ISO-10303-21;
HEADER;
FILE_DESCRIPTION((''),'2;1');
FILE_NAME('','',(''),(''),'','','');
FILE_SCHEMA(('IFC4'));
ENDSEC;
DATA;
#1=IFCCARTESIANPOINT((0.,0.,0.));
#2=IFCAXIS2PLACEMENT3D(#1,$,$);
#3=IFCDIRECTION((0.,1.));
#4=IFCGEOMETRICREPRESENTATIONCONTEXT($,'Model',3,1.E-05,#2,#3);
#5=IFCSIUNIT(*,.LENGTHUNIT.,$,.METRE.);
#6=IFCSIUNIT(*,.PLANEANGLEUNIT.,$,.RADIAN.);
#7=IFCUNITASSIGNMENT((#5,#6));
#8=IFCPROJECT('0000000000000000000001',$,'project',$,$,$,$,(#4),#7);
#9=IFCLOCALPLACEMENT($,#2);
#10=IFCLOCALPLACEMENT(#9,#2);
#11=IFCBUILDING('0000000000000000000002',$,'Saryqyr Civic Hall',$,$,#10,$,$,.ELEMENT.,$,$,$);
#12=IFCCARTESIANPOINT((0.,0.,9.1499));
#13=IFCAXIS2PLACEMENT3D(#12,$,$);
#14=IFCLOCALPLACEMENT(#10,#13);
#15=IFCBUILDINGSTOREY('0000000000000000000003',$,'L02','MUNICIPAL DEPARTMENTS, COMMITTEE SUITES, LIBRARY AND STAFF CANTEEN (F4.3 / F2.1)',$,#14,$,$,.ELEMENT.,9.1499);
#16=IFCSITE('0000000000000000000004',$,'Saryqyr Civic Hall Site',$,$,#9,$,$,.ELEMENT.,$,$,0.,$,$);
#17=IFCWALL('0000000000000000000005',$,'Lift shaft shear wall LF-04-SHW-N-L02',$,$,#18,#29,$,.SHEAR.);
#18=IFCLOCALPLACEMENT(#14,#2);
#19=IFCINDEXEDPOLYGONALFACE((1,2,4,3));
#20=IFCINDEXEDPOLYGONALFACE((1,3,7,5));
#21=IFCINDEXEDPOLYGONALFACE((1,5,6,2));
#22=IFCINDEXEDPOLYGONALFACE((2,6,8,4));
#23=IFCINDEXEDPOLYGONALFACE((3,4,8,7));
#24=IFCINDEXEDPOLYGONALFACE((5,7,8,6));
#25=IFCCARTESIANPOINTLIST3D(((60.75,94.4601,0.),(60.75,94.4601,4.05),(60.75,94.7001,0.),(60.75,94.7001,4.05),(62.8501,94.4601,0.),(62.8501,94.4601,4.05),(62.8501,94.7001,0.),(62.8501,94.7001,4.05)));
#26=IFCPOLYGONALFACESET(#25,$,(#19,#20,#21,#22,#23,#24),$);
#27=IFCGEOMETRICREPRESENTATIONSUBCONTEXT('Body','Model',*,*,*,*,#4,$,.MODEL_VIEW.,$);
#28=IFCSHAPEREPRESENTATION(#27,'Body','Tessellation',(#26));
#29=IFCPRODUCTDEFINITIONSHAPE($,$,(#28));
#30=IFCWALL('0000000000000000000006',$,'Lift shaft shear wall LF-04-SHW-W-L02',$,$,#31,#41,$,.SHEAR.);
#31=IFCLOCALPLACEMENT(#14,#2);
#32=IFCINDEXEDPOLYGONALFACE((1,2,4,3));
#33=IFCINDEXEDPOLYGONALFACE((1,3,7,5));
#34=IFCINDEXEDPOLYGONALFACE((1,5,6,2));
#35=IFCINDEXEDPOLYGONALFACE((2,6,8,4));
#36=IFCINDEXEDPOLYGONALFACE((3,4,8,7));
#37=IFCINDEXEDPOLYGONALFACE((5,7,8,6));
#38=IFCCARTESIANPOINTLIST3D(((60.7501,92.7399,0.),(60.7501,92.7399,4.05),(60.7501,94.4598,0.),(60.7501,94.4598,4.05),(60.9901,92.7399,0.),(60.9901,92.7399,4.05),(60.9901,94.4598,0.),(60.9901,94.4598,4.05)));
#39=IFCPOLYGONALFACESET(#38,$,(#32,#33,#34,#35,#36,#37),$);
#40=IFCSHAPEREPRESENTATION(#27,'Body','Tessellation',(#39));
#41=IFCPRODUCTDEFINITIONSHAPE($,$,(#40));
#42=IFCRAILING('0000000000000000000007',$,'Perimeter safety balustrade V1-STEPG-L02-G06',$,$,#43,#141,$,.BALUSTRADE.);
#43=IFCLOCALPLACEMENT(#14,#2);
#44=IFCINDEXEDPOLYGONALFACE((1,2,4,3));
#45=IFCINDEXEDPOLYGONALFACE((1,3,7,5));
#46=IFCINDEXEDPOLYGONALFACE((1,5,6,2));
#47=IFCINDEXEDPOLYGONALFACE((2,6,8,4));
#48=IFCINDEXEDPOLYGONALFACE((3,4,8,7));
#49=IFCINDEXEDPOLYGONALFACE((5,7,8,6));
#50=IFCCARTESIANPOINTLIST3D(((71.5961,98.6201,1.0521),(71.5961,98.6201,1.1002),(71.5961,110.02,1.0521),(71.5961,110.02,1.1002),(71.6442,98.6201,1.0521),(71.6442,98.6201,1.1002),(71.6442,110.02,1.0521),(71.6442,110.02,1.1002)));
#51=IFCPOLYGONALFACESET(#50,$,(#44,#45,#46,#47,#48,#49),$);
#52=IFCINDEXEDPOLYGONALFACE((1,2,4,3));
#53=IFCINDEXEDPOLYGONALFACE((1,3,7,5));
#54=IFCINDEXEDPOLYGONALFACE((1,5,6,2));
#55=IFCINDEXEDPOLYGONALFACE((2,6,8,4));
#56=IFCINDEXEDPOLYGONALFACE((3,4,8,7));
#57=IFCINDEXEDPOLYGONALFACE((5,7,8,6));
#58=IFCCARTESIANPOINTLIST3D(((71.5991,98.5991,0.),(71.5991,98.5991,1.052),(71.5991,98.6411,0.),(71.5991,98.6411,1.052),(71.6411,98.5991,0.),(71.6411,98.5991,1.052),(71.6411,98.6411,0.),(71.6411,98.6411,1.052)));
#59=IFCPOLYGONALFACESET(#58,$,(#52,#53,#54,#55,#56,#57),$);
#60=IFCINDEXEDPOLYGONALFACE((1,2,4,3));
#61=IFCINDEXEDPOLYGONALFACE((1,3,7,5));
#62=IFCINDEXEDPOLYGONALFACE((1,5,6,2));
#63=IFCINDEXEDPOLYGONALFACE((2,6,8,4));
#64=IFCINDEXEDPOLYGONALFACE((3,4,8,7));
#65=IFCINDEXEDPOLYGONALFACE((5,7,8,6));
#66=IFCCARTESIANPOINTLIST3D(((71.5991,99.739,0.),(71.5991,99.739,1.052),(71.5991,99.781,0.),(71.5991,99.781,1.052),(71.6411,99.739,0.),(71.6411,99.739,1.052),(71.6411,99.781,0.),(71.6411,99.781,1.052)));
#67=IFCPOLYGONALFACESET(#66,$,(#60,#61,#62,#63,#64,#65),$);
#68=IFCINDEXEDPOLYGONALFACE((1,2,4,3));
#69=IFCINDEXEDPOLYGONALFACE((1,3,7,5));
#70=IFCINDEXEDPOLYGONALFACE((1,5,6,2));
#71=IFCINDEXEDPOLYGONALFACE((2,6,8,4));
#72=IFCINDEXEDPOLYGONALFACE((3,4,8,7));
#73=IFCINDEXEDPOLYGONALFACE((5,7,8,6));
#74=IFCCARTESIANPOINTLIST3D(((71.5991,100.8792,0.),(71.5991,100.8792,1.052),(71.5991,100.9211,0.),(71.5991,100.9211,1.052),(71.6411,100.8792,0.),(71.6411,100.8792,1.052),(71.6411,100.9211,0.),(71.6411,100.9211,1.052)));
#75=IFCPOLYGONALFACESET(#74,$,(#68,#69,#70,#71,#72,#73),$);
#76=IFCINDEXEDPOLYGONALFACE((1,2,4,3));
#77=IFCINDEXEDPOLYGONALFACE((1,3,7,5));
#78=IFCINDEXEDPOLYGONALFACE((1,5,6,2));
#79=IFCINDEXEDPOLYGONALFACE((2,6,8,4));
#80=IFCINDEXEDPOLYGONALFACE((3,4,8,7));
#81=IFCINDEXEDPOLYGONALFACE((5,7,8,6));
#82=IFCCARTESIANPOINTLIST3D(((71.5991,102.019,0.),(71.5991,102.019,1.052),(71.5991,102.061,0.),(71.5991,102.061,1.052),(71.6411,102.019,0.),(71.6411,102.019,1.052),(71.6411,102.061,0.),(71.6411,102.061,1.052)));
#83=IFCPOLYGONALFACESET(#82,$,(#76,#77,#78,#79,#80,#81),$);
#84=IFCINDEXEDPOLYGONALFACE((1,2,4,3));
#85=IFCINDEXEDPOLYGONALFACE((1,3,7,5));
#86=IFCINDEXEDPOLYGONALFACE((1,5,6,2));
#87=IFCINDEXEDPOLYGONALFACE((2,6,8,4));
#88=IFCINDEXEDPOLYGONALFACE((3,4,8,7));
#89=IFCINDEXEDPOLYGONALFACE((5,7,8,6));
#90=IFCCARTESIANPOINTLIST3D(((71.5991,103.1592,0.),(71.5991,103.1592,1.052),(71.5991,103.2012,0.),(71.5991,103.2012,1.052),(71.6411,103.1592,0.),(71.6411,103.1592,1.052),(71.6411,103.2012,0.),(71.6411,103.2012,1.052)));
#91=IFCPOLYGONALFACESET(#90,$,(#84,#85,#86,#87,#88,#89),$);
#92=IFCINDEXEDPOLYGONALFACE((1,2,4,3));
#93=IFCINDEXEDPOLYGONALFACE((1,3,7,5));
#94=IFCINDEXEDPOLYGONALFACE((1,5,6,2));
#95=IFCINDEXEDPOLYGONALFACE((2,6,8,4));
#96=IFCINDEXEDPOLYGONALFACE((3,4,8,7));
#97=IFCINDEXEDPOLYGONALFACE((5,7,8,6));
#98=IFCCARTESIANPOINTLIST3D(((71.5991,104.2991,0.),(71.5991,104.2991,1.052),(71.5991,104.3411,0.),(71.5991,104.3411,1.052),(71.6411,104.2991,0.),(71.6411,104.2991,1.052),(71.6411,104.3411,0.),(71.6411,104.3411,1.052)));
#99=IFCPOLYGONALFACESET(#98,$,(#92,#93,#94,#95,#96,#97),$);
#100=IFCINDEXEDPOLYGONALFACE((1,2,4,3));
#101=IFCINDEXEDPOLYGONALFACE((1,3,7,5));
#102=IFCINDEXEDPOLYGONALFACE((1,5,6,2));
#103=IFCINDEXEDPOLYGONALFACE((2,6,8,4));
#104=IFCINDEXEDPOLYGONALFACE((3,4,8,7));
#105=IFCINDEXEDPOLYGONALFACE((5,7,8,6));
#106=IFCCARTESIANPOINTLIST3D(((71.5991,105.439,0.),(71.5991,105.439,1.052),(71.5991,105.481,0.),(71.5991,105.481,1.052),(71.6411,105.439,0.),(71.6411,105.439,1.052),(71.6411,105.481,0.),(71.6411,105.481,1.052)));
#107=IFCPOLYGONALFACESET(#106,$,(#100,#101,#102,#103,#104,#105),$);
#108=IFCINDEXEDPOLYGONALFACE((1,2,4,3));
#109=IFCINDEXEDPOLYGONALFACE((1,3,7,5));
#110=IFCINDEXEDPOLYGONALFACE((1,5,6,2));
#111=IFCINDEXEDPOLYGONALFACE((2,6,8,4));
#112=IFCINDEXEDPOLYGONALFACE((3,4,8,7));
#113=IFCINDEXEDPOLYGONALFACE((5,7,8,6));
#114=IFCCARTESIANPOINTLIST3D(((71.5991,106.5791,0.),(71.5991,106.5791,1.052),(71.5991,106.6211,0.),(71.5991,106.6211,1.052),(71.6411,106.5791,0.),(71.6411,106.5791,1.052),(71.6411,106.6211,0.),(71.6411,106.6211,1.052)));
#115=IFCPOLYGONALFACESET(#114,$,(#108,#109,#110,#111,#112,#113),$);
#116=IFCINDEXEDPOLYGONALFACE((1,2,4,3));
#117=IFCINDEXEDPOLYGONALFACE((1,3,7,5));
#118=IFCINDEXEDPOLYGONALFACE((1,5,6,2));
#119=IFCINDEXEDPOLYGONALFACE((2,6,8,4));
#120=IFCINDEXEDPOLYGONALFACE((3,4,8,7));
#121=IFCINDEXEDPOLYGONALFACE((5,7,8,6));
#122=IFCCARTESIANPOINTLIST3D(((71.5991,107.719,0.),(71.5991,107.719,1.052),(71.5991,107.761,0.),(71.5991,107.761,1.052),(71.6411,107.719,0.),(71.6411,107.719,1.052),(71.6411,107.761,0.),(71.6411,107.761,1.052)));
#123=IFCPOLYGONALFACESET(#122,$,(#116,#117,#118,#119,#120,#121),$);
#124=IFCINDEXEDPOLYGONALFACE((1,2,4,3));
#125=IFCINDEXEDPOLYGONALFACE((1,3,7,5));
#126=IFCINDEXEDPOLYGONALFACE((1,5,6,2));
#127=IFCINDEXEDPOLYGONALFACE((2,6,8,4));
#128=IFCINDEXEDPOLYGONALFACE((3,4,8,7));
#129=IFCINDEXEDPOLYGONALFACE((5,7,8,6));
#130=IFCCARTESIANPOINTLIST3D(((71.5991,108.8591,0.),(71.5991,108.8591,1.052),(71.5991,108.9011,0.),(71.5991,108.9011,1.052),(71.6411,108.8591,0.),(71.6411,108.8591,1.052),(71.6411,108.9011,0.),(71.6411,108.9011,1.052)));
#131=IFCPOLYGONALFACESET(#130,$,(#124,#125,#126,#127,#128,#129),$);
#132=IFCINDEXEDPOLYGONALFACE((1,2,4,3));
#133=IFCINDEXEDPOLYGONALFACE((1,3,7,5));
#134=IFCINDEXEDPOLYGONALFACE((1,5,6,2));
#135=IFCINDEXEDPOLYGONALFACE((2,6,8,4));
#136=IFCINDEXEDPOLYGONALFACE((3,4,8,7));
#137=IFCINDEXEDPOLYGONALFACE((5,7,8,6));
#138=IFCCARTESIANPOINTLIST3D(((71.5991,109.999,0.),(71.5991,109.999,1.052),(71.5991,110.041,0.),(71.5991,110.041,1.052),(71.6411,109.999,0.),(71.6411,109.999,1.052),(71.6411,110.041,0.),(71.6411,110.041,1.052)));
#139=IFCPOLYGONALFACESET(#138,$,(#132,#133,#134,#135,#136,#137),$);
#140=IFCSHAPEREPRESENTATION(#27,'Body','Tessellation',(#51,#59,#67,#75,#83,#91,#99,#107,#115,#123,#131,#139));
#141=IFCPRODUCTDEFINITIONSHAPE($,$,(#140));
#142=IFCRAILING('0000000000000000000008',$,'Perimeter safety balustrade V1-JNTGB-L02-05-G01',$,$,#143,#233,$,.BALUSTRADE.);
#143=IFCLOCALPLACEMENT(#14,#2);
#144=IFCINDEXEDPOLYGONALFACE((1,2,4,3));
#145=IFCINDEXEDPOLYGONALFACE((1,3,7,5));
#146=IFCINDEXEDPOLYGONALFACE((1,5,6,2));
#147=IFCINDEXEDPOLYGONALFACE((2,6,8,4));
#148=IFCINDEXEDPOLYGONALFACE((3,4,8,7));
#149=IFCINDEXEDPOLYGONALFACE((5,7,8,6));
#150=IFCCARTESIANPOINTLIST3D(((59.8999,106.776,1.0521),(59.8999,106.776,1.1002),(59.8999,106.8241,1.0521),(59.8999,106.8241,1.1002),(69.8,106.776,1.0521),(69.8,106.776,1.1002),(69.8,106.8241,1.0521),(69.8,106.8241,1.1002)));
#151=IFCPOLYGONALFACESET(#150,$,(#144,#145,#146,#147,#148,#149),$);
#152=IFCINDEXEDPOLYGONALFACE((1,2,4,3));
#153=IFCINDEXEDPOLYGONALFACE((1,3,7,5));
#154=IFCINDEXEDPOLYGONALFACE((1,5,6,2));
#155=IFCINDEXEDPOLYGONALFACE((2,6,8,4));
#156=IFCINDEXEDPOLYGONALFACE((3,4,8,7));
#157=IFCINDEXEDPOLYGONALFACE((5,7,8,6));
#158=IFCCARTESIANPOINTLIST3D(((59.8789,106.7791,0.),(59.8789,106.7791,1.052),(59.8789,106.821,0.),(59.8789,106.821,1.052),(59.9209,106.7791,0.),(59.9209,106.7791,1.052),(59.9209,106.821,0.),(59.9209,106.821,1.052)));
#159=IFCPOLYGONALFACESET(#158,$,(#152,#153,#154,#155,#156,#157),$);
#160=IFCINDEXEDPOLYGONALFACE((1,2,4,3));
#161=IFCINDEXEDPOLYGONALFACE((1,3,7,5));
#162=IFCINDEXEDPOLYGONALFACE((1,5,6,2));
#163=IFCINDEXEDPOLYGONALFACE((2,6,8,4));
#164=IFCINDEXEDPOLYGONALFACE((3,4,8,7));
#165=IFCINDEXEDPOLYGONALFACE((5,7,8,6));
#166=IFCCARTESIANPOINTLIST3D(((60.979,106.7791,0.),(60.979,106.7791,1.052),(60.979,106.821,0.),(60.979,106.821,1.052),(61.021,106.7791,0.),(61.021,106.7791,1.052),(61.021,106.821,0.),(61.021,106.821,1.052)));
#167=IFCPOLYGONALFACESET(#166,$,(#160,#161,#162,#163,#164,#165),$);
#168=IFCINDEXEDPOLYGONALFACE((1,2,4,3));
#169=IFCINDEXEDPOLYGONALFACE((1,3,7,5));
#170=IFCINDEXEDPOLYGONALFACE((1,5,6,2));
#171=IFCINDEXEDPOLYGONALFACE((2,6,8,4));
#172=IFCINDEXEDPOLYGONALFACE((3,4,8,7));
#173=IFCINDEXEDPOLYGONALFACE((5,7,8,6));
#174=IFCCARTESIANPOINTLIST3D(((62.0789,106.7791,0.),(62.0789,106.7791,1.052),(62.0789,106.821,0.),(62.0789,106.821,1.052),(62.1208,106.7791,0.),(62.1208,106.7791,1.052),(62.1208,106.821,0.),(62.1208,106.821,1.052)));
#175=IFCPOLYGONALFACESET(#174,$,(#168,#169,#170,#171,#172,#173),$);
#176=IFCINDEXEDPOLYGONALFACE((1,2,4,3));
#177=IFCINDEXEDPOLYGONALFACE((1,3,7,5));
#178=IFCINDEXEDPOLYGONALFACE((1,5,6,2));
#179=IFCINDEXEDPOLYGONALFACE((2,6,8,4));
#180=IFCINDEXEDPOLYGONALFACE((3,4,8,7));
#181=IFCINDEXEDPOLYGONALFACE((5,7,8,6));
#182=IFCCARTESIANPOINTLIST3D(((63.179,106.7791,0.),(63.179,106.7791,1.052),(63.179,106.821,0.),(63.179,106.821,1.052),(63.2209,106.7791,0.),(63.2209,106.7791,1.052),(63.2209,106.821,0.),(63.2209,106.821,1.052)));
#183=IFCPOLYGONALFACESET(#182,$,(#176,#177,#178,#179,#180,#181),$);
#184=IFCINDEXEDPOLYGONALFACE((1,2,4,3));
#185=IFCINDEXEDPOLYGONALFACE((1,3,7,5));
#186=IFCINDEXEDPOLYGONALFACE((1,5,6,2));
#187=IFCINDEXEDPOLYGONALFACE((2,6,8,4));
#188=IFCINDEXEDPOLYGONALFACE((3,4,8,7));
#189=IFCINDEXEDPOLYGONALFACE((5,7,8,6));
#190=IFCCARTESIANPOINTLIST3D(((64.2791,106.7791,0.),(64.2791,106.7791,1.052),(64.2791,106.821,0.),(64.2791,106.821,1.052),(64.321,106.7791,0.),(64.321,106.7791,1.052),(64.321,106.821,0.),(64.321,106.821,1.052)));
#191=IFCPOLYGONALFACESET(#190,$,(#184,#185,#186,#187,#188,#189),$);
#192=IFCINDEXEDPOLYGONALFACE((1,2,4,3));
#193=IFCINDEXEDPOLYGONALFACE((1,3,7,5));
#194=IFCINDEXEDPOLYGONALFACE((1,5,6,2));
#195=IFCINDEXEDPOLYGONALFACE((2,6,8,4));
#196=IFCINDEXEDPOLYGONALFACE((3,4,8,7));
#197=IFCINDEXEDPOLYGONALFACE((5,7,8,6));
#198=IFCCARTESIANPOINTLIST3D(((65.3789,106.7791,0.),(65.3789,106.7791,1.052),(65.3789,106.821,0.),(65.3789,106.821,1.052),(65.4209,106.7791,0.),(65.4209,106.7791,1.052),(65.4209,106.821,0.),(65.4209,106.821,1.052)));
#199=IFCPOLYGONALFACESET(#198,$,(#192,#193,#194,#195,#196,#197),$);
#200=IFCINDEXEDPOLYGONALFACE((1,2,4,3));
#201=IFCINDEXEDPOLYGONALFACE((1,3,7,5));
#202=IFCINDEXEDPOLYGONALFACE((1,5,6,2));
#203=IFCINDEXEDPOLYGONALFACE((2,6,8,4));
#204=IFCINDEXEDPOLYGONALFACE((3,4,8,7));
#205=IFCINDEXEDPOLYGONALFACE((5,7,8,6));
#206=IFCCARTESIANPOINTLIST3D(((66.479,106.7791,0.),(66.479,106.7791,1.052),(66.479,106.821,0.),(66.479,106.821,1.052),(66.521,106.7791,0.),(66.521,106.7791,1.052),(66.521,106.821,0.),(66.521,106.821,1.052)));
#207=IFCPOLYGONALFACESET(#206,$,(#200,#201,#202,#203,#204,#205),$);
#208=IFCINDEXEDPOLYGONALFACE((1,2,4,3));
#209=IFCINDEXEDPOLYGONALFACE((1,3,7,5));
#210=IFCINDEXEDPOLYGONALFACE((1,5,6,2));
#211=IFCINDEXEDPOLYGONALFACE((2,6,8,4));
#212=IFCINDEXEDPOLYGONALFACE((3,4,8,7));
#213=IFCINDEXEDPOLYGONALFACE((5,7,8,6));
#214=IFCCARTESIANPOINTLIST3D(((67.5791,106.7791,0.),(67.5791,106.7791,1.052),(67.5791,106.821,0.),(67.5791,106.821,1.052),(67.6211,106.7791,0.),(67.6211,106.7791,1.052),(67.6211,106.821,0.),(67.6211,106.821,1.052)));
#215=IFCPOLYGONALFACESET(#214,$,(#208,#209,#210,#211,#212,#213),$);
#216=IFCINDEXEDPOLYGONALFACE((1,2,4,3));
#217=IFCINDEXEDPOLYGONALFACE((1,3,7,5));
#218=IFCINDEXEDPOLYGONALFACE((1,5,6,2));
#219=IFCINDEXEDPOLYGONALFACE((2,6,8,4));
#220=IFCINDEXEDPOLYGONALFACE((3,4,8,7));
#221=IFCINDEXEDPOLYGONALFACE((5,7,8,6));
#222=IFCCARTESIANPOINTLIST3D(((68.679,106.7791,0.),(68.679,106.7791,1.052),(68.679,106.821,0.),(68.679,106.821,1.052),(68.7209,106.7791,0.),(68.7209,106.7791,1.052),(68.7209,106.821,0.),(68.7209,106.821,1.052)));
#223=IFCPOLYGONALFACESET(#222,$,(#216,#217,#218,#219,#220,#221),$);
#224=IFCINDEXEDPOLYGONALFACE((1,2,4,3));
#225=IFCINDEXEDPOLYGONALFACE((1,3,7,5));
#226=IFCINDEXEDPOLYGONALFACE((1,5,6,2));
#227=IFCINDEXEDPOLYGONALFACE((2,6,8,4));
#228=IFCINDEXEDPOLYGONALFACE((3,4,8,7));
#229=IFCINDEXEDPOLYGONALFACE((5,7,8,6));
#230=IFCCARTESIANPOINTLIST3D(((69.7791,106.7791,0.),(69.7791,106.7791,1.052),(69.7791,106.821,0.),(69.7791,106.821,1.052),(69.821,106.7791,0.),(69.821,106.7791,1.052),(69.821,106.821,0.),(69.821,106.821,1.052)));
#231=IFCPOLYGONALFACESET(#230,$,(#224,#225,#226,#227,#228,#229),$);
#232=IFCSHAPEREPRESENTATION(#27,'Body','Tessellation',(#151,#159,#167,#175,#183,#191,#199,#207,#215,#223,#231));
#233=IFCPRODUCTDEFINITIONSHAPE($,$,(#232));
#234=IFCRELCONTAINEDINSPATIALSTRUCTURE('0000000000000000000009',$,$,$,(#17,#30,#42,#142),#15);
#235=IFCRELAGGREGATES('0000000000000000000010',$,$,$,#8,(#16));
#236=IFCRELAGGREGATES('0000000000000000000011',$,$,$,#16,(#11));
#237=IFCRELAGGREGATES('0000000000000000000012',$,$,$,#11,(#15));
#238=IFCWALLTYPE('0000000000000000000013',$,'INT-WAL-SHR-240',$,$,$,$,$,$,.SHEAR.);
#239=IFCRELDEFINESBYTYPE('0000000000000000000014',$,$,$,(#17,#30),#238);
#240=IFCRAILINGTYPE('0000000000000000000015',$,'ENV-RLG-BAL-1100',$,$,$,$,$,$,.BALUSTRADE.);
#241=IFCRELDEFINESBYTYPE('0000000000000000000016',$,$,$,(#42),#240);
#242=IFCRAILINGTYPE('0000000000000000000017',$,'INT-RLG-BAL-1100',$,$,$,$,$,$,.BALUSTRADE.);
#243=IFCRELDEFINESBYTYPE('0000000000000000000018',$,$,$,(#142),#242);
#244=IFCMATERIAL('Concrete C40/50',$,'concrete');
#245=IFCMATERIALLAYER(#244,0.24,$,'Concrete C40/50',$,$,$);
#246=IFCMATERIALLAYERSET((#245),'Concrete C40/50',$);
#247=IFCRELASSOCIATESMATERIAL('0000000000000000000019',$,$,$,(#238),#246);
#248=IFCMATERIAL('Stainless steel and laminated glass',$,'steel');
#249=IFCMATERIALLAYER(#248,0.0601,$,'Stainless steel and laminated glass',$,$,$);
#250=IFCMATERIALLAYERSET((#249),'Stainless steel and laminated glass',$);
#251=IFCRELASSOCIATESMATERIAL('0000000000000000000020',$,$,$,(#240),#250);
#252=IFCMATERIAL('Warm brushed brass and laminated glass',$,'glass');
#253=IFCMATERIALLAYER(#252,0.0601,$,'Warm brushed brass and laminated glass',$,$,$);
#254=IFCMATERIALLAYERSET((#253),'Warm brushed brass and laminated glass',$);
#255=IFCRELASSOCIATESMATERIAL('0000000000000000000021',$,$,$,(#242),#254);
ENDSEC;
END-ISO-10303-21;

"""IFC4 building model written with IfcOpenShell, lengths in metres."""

from ifc_helpers import new_model, si_unit, direction, frame, frame_2d, origin, origin_2d, place, context, subcontext, project, spatial, rectangle, extrude, material, layer, layer_set, type_object, element, save


model = new_model("IFC4")

# Units and contexts
model_context = context("Model", 3, precision=1e-05, world=origin(), true_north=direction((0.0, 1.0)))
body_context = subcontext(model_context, "Body", "Model", "MODEL_VIEW")
ifc_project = project(units=[si_unit("LENGTHUNIT", "METRE"), si_unit("PLANEANGLEUNIT", "RADIAN")], contexts=[model_context])

# Site, building, storey
site_placement = place(None, origin())
site = spatial("IfcSite", under=ifc_project, at=site_placement, Name="Saryqyr Civic Hall Site", CompositionType="ELEMENT", RefElevation=0.0)
building_placement = place(site_placement, origin())
building = spatial("IfcBuilding", under=site, at=building_placement, Name="Saryqyr Civic Hall", CompositionType="ELEMENT")
storey_placement = place(building_placement, frame((0.0, 0.0, 9.1499)))
storey = spatial("IfcBuildingStorey", under=building, at=storey_placement, Name="L02", Description="MUNICIPAL DEPARTMENTS, COMMITTEE SUITES, LIBRARY AND STAFF CANTEEN (F4.3 / F2.1)", CompositionType="ELEMENT", Elevation=9.1499)

# Shared definitions
ifc_material_1 = material(Name="Concrete C40/50", Category="concrete")

# Shared definitions
ifc_layer_1 = layer(ifc_material_1, 0.24, Name="Concrete C40/50")
ifc_layer_set_1 = layer_set([ifc_layer_1], Name="Concrete C40/50")
wall_type_1 = type_object("IfcWallType", Name="INT-WAL-SHR-240", PredefinedType="SHEAR", material=ifc_layer_set_1)

# Walls
wall_1_placement = place(storey_placement, frame((60.75, 94.5801, 0.0), z_axis=(0.0, 0.0, 1.0), x_axis=(1.0, 0.0, 0.0)))
element("IfcWall", 1, at=wall_1_placement, inside=storey, type_object=wall_type_1, Name="Lift shaft shear wall LF-04-SHW-N-L02", PredefinedType="SHEAR", context=body_context, shape_type="SweptSolid", body=[
    extrude(rectangle(XDim=2.1001, YDim=0.24, at=frame_2d((1.05, 0.0))), origin(), (0.0, 0.0, 1.0), 4.05),
])
wall_2_placement = place(storey_placement, frame((60.8701, 92.74, 0.0), z_axis=(0.0, 0.0, 1.0), x_axis=(0.0, 1.0, 0.0)))
element("IfcWall", 2, at=wall_2_placement, inside=storey, type_object=wall_type_1, Name="Lift shaft shear wall LF-04-SHW-W-L02", PredefinedType="SHEAR", context=body_context, shape_type="SweptSolid", body=[
    extrude(rectangle(XDim=1.72, YDim=0.24, at=frame_2d((0.8599, 0.0))), origin(), (0.0, 0.0, 1.0), 4.05),
])

# Railings
ifc_material_2 = material(Name="Stainless steel and laminated glass", Category="steel")
ifc_layer_2 = layer(ifc_material_2, 0.0601, Name="Stainless steel and laminated glass")
ifc_layer_set_2 = layer_set([ifc_layer_2], Name="Stainless steel and laminated glass")
railing_type_1 = type_object("IfcRailingType", Name="ENV-RLG-BAL-1100", PredefinedType="BALUSTRADE", material=ifc_layer_set_2)
railing_1_placement = place(storey_placement, frame((71.6201, 98.6201, 0.0)))
element("IfcRailing", 3, at=railing_1_placement, inside=storey, type_object=railing_type_1, Name="Perimeter safety balustrade V1-STEPG-L02-G06", PredefinedType="BALUSTRADE", context=body_context, shape_type="SweptSolid", body=[
    extrude(rectangle(XDim=0.0481, YDim=0.0481, at=origin_2d()), frame((0.0, 0.0, 1.0762), z_axis=(0.0, 1.0, 0.0), x_axis=(-1.0, 0.0, 0.0)), (0.0, 0.0, 1.0), 11.3999),
    extrude(rectangle(XDim=0.042, YDim=0.042, at=origin_2d()), origin(), (0.0, 0.0, 1.0), 1.052),
    extrude(rectangle(XDim=0.042, YDim=0.042, at=origin_2d()), frame((0.0, 1.1399, 0.0)), (0.0, 0.0, 1.0), 1.052),
    extrude(rectangle(XDim=0.042, YDim=0.042, at=origin_2d()), frame((0.0, 2.28, 0.0)), (0.0, 0.0, 1.0), 1.052),
    extrude(rectangle(XDim=0.042, YDim=0.042, at=origin_2d()), frame((0.0, 3.4199, 0.0)), (0.0, 0.0, 1.0), 1.052),
    extrude(rectangle(XDim=0.042, YDim=0.042, at=origin_2d()), frame((0.0, 4.5601, 0.0)), (0.0, 0.0, 1.0), 1.052),
    extrude(rectangle(XDim=0.042, YDim=0.042, at=origin_2d()), frame((0.0, 5.7, 0.0)), (0.0, 0.0, 1.0), 1.052),
    extrude(rectangle(XDim=0.042, YDim=0.042, at=origin_2d()), frame((0.0, 6.8398, 0.0)), (0.0, 0.0, 1.0), 1.052),
    extrude(rectangle(XDim=0.042, YDim=0.042, at=origin_2d()), frame((0.0, 7.98, 0.0)), (0.0, 0.0, 1.0), 1.052),
    extrude(rectangle(XDim=0.042, YDim=0.042, at=origin_2d()), frame((0.0, 9.1199, 0.0)), (0.0, 0.0, 1.0), 1.052),
    extrude(rectangle(XDim=0.042, YDim=0.042, at=origin_2d()), frame((0.0, 10.26, 0.0)), (0.0, 0.0, 1.0), 1.052),
    extrude(rectangle(XDim=0.042, YDim=0.042, at=origin_2d()), frame((0.0, 11.3999, 0.0)), (0.0, 0.0, 1.0), 1.052),
])
ifc_material_3 = material(Name="Warm brushed brass and laminated glass", Category="glass")
ifc_layer_3 = layer(ifc_material_3, 0.0601, Name="Warm brushed brass and laminated glass")
ifc_layer_set_3 = layer_set([ifc_layer_3], Name="Warm brushed brass and laminated glass")
railing_type_2 = type_object("IfcRailingType", Name="INT-RLG-BAL-1100", PredefinedType="BALUSTRADE", material=ifc_layer_set_3)
railing_2_placement = place(storey_placement, frame((59.8999, 106.8, 0.0)))
element("IfcRailing", 4, at=railing_2_placement, inside=storey, type_object=railing_type_2, Name="Perimeter safety balustrade V1-JNTGB-L02-05-G01", PredefinedType="BALUSTRADE", context=body_context, shape_type="SweptSolid", body=[
    extrude(rectangle(XDim=0.0481, YDim=0.0481, at=origin_2d()), frame((0.0, 0.0, 1.0762), z_axis=(1.0, 0.0, 0.0), x_axis=(0.0, 1.0, 0.0)), (0.0, 0.0, 1.0), 9.9001),
    extrude(rectangle(XDim=0.042, YDim=0.042, at=origin_2d()), origin(), (0.0, 0.0, 1.0), 1.052),
    extrude(rectangle(XDim=0.042, YDim=0.042, at=origin_2d()), frame((1.1001, 0.0, 0.0)), (0.0, 0.0, 1.0), 1.052),
    extrude(rectangle(XDim=0.042, YDim=0.042, at=origin_2d()), frame((2.2, 0.0, 0.0)), (0.0, 0.0, 1.0), 1.052),
    extrude(rectangle(XDim=0.042, YDim=0.042, at=origin_2d()), frame((3.3, 0.0, 0.0)), (0.0, 0.0, 1.0), 1.052),
    extrude(rectangle(XDim=0.042, YDim=0.042, at=origin_2d()), frame((4.4001, 0.0, 0.0)), (0.0, 0.0, 1.0), 1.052),
    extrude(rectangle(XDim=0.042, YDim=0.042, at=origin_2d()), frame((5.5, 0.0, 0.0)), (0.0, 0.0, 1.0), 1.052),
    extrude(rectangle(XDim=0.042, YDim=0.042, at=origin_2d()), frame((6.6001, 0.0, 0.0)), (0.0, 0.0, 1.0), 1.052),
    extrude(rectangle(XDim=0.042, YDim=0.042, at=origin_2d()), frame((7.7002, 0.0, 0.0)), (0.0, 0.0, 1.0), 1.052),
    extrude(rectangle(XDim=0.042, YDim=0.042, at=origin_2d()), frame((8.8, 0.0, 0.0)), (0.0, 0.0, 1.0), 1.052),
    extrude(rectangle(XDim=0.042, YDim=0.042, at=origin_2d()), frame((9.9001, 0.0, 0.0)), (0.0, 0.0, 1.0), 1.052),
])

save(model, "model.ifc")
